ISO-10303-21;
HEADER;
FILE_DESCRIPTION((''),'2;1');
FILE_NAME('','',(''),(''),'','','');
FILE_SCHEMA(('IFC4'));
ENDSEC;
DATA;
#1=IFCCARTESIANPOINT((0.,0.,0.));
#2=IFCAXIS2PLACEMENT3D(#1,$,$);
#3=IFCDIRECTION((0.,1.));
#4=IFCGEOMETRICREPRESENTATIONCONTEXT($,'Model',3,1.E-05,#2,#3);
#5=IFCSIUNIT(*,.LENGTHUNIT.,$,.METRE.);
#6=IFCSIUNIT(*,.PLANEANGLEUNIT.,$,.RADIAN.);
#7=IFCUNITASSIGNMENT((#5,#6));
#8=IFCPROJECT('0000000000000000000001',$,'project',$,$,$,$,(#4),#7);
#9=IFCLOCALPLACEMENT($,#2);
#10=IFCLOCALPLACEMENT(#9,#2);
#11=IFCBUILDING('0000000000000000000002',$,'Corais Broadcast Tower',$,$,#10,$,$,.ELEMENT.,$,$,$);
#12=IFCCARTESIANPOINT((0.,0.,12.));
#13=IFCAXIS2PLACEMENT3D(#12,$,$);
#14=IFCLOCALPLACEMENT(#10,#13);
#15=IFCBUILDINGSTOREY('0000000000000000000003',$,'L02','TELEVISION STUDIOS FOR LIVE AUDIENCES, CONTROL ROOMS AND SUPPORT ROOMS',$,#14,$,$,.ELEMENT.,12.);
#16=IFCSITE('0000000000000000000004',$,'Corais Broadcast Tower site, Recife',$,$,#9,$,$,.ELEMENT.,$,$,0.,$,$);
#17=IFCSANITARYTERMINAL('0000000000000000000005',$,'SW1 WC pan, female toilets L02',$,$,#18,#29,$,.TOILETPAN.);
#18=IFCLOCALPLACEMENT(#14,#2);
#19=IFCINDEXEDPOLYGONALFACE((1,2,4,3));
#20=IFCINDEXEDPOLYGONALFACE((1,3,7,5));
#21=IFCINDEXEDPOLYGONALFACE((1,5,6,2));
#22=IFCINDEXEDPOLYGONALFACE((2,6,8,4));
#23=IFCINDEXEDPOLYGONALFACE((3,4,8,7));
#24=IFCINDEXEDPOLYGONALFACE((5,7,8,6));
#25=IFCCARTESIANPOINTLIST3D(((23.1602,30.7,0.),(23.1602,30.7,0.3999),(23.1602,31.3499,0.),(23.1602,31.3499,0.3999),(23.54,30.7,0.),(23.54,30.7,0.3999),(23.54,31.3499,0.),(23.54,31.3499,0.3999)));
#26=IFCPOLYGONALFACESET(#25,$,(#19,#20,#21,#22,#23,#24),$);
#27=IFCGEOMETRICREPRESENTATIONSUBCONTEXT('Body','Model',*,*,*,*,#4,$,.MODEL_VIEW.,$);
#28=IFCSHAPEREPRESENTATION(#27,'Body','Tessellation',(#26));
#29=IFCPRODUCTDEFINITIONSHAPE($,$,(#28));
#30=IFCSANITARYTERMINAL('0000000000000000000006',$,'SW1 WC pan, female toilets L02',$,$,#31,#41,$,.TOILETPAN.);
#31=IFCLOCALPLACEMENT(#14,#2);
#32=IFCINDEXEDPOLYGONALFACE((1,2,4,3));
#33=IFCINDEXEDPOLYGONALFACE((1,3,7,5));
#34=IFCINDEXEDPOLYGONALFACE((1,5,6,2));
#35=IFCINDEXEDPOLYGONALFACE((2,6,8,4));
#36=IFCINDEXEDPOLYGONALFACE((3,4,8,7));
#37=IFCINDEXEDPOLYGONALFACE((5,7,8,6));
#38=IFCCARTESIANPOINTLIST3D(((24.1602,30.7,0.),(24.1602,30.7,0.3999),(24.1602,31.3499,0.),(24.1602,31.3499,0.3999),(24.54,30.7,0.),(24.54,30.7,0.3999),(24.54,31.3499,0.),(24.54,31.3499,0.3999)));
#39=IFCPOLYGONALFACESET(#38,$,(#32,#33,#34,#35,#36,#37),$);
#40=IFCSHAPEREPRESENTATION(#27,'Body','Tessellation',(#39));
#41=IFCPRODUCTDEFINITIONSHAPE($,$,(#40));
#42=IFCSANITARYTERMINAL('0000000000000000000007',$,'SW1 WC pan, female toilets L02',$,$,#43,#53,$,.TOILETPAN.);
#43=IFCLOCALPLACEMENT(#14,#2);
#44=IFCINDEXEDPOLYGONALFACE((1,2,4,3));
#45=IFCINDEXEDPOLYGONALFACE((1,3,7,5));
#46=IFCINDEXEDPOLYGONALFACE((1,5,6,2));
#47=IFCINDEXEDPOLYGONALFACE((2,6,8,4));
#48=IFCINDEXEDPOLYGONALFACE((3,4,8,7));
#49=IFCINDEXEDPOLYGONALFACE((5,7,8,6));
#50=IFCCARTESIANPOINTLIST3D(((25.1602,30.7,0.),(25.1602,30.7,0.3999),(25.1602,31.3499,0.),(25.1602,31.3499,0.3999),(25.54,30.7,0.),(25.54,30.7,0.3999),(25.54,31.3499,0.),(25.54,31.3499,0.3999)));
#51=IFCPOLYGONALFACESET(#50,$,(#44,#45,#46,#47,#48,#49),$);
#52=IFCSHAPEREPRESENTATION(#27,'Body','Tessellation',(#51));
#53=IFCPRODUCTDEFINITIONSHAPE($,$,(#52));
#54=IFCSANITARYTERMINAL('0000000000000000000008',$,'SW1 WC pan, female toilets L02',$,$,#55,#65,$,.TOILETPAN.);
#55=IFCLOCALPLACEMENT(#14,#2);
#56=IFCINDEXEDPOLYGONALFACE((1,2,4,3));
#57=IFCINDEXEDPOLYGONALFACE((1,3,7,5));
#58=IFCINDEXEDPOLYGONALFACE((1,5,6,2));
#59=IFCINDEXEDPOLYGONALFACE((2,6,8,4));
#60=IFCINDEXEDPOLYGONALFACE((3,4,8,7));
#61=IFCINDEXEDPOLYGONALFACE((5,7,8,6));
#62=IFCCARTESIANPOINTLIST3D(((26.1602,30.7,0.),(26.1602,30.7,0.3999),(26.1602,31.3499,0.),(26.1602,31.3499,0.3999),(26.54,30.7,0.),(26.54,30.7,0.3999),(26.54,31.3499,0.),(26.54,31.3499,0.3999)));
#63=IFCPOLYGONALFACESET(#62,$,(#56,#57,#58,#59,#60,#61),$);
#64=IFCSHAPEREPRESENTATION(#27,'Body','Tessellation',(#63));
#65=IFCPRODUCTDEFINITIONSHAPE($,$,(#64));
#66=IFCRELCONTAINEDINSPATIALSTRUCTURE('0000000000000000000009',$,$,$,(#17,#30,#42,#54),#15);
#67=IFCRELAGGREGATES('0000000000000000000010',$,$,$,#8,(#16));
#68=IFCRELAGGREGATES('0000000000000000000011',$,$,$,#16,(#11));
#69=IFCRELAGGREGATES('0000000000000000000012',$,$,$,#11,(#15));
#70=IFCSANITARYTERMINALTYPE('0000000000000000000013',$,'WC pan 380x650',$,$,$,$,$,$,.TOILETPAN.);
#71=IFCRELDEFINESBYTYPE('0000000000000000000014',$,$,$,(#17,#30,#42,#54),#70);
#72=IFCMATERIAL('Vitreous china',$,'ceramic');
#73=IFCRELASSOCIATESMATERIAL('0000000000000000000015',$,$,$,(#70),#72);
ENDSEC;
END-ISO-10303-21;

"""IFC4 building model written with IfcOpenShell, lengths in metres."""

from ifc_helpers import new_model, si_unit, direction, frame, origin, origin_2d, place, context, subcontext, project, spatial, rectangle, extrude, material, type_object, element, save


model = new_model("IFC4")

# Units and contexts
model_context = context("Model", 3, precision=1e-05, world=origin(), true_north=direction((0.0, 1.0)))
body_context = subcontext(model_context, "Body", "Model", "MODEL_VIEW")
ifc_project = project(units=[si_unit("LENGTHUNIT", "METRE"), si_unit("PLANEANGLEUNIT", "RADIAN")], contexts=[model_context])

# Site, building, storey
site_placement = place(None, origin())
site = spatial("IfcSite", under=ifc_project, at=site_placement, Name="Corais Broadcast Tower site, Recife", CompositionType="ELEMENT", RefElevation=0.0)
building_placement = place(site_placement, origin())
building = spatial("IfcBuilding", under=site, at=building_placement, Name="Corais Broadcast Tower", CompositionType="ELEMENT")
storey_placement = place(building_placement, frame((0.0, 0.0, 12.0)))
storey = spatial("IfcBuildingStorey", under=building, at=storey_placement, Name="L02", Description="TELEVISION STUDIOS FOR LIVE AUDIENCES, CONTROL ROOMS AND SUPPORT ROOMS", CompositionType="ELEMENT", Elevation=12.0)

# Sanitary terminals
ifc_material_1 = material(Name="Vitreous china", Category="ceramic")
sanitary_terminal_type = type_object("IfcSanitaryTerminalType", Name="WC pan 380x650", PredefinedType="TOILETPAN", material=ifc_material_1)
for number, where, z_axis, x_axis, name in (
    (1, (23.3501, 31.0249, 0.0), (0.0, 0.0, 1.0), (1.0, 0.0, 0.0), "SW1 WC pan, female toilets L02"),
    (2, (24.3501, 31.0249, 0.0), (0.0, 0.0, 1.0), (1.0, 0.0, 0.0), "SW1 WC pan, female toilets L02"),
    (3, (25.3501, 31.0249, 0.0), (0.0, 0.0, 1.0), (1.0, 0.0, 0.0), "SW1 WC pan, female toilets L02"),
    (4, (26.3501, 31.0249, 0.0), (0.0, 0.0, 1.0), (1.0, 0.0, 0.0), "SW1 WC pan, female toilets L02"),
):
    element("IfcSanitaryTerminal", number, at=place(storey_placement, frame(where, z_axis=z_axis, x_axis=x_axis)), inside=storey, type_object=sanitary_terminal_type, Name=name, PredefinedType="TOILETPAN", context=body_context, shape_type="SweptSolid", body=[
        extrude(rectangle(XDim=0.3799, YDim=0.6499, at=origin_2d()), origin(), (0.0, 0.0, 1.0), 0.3999),
    ])

save(model, "model.ifc")
